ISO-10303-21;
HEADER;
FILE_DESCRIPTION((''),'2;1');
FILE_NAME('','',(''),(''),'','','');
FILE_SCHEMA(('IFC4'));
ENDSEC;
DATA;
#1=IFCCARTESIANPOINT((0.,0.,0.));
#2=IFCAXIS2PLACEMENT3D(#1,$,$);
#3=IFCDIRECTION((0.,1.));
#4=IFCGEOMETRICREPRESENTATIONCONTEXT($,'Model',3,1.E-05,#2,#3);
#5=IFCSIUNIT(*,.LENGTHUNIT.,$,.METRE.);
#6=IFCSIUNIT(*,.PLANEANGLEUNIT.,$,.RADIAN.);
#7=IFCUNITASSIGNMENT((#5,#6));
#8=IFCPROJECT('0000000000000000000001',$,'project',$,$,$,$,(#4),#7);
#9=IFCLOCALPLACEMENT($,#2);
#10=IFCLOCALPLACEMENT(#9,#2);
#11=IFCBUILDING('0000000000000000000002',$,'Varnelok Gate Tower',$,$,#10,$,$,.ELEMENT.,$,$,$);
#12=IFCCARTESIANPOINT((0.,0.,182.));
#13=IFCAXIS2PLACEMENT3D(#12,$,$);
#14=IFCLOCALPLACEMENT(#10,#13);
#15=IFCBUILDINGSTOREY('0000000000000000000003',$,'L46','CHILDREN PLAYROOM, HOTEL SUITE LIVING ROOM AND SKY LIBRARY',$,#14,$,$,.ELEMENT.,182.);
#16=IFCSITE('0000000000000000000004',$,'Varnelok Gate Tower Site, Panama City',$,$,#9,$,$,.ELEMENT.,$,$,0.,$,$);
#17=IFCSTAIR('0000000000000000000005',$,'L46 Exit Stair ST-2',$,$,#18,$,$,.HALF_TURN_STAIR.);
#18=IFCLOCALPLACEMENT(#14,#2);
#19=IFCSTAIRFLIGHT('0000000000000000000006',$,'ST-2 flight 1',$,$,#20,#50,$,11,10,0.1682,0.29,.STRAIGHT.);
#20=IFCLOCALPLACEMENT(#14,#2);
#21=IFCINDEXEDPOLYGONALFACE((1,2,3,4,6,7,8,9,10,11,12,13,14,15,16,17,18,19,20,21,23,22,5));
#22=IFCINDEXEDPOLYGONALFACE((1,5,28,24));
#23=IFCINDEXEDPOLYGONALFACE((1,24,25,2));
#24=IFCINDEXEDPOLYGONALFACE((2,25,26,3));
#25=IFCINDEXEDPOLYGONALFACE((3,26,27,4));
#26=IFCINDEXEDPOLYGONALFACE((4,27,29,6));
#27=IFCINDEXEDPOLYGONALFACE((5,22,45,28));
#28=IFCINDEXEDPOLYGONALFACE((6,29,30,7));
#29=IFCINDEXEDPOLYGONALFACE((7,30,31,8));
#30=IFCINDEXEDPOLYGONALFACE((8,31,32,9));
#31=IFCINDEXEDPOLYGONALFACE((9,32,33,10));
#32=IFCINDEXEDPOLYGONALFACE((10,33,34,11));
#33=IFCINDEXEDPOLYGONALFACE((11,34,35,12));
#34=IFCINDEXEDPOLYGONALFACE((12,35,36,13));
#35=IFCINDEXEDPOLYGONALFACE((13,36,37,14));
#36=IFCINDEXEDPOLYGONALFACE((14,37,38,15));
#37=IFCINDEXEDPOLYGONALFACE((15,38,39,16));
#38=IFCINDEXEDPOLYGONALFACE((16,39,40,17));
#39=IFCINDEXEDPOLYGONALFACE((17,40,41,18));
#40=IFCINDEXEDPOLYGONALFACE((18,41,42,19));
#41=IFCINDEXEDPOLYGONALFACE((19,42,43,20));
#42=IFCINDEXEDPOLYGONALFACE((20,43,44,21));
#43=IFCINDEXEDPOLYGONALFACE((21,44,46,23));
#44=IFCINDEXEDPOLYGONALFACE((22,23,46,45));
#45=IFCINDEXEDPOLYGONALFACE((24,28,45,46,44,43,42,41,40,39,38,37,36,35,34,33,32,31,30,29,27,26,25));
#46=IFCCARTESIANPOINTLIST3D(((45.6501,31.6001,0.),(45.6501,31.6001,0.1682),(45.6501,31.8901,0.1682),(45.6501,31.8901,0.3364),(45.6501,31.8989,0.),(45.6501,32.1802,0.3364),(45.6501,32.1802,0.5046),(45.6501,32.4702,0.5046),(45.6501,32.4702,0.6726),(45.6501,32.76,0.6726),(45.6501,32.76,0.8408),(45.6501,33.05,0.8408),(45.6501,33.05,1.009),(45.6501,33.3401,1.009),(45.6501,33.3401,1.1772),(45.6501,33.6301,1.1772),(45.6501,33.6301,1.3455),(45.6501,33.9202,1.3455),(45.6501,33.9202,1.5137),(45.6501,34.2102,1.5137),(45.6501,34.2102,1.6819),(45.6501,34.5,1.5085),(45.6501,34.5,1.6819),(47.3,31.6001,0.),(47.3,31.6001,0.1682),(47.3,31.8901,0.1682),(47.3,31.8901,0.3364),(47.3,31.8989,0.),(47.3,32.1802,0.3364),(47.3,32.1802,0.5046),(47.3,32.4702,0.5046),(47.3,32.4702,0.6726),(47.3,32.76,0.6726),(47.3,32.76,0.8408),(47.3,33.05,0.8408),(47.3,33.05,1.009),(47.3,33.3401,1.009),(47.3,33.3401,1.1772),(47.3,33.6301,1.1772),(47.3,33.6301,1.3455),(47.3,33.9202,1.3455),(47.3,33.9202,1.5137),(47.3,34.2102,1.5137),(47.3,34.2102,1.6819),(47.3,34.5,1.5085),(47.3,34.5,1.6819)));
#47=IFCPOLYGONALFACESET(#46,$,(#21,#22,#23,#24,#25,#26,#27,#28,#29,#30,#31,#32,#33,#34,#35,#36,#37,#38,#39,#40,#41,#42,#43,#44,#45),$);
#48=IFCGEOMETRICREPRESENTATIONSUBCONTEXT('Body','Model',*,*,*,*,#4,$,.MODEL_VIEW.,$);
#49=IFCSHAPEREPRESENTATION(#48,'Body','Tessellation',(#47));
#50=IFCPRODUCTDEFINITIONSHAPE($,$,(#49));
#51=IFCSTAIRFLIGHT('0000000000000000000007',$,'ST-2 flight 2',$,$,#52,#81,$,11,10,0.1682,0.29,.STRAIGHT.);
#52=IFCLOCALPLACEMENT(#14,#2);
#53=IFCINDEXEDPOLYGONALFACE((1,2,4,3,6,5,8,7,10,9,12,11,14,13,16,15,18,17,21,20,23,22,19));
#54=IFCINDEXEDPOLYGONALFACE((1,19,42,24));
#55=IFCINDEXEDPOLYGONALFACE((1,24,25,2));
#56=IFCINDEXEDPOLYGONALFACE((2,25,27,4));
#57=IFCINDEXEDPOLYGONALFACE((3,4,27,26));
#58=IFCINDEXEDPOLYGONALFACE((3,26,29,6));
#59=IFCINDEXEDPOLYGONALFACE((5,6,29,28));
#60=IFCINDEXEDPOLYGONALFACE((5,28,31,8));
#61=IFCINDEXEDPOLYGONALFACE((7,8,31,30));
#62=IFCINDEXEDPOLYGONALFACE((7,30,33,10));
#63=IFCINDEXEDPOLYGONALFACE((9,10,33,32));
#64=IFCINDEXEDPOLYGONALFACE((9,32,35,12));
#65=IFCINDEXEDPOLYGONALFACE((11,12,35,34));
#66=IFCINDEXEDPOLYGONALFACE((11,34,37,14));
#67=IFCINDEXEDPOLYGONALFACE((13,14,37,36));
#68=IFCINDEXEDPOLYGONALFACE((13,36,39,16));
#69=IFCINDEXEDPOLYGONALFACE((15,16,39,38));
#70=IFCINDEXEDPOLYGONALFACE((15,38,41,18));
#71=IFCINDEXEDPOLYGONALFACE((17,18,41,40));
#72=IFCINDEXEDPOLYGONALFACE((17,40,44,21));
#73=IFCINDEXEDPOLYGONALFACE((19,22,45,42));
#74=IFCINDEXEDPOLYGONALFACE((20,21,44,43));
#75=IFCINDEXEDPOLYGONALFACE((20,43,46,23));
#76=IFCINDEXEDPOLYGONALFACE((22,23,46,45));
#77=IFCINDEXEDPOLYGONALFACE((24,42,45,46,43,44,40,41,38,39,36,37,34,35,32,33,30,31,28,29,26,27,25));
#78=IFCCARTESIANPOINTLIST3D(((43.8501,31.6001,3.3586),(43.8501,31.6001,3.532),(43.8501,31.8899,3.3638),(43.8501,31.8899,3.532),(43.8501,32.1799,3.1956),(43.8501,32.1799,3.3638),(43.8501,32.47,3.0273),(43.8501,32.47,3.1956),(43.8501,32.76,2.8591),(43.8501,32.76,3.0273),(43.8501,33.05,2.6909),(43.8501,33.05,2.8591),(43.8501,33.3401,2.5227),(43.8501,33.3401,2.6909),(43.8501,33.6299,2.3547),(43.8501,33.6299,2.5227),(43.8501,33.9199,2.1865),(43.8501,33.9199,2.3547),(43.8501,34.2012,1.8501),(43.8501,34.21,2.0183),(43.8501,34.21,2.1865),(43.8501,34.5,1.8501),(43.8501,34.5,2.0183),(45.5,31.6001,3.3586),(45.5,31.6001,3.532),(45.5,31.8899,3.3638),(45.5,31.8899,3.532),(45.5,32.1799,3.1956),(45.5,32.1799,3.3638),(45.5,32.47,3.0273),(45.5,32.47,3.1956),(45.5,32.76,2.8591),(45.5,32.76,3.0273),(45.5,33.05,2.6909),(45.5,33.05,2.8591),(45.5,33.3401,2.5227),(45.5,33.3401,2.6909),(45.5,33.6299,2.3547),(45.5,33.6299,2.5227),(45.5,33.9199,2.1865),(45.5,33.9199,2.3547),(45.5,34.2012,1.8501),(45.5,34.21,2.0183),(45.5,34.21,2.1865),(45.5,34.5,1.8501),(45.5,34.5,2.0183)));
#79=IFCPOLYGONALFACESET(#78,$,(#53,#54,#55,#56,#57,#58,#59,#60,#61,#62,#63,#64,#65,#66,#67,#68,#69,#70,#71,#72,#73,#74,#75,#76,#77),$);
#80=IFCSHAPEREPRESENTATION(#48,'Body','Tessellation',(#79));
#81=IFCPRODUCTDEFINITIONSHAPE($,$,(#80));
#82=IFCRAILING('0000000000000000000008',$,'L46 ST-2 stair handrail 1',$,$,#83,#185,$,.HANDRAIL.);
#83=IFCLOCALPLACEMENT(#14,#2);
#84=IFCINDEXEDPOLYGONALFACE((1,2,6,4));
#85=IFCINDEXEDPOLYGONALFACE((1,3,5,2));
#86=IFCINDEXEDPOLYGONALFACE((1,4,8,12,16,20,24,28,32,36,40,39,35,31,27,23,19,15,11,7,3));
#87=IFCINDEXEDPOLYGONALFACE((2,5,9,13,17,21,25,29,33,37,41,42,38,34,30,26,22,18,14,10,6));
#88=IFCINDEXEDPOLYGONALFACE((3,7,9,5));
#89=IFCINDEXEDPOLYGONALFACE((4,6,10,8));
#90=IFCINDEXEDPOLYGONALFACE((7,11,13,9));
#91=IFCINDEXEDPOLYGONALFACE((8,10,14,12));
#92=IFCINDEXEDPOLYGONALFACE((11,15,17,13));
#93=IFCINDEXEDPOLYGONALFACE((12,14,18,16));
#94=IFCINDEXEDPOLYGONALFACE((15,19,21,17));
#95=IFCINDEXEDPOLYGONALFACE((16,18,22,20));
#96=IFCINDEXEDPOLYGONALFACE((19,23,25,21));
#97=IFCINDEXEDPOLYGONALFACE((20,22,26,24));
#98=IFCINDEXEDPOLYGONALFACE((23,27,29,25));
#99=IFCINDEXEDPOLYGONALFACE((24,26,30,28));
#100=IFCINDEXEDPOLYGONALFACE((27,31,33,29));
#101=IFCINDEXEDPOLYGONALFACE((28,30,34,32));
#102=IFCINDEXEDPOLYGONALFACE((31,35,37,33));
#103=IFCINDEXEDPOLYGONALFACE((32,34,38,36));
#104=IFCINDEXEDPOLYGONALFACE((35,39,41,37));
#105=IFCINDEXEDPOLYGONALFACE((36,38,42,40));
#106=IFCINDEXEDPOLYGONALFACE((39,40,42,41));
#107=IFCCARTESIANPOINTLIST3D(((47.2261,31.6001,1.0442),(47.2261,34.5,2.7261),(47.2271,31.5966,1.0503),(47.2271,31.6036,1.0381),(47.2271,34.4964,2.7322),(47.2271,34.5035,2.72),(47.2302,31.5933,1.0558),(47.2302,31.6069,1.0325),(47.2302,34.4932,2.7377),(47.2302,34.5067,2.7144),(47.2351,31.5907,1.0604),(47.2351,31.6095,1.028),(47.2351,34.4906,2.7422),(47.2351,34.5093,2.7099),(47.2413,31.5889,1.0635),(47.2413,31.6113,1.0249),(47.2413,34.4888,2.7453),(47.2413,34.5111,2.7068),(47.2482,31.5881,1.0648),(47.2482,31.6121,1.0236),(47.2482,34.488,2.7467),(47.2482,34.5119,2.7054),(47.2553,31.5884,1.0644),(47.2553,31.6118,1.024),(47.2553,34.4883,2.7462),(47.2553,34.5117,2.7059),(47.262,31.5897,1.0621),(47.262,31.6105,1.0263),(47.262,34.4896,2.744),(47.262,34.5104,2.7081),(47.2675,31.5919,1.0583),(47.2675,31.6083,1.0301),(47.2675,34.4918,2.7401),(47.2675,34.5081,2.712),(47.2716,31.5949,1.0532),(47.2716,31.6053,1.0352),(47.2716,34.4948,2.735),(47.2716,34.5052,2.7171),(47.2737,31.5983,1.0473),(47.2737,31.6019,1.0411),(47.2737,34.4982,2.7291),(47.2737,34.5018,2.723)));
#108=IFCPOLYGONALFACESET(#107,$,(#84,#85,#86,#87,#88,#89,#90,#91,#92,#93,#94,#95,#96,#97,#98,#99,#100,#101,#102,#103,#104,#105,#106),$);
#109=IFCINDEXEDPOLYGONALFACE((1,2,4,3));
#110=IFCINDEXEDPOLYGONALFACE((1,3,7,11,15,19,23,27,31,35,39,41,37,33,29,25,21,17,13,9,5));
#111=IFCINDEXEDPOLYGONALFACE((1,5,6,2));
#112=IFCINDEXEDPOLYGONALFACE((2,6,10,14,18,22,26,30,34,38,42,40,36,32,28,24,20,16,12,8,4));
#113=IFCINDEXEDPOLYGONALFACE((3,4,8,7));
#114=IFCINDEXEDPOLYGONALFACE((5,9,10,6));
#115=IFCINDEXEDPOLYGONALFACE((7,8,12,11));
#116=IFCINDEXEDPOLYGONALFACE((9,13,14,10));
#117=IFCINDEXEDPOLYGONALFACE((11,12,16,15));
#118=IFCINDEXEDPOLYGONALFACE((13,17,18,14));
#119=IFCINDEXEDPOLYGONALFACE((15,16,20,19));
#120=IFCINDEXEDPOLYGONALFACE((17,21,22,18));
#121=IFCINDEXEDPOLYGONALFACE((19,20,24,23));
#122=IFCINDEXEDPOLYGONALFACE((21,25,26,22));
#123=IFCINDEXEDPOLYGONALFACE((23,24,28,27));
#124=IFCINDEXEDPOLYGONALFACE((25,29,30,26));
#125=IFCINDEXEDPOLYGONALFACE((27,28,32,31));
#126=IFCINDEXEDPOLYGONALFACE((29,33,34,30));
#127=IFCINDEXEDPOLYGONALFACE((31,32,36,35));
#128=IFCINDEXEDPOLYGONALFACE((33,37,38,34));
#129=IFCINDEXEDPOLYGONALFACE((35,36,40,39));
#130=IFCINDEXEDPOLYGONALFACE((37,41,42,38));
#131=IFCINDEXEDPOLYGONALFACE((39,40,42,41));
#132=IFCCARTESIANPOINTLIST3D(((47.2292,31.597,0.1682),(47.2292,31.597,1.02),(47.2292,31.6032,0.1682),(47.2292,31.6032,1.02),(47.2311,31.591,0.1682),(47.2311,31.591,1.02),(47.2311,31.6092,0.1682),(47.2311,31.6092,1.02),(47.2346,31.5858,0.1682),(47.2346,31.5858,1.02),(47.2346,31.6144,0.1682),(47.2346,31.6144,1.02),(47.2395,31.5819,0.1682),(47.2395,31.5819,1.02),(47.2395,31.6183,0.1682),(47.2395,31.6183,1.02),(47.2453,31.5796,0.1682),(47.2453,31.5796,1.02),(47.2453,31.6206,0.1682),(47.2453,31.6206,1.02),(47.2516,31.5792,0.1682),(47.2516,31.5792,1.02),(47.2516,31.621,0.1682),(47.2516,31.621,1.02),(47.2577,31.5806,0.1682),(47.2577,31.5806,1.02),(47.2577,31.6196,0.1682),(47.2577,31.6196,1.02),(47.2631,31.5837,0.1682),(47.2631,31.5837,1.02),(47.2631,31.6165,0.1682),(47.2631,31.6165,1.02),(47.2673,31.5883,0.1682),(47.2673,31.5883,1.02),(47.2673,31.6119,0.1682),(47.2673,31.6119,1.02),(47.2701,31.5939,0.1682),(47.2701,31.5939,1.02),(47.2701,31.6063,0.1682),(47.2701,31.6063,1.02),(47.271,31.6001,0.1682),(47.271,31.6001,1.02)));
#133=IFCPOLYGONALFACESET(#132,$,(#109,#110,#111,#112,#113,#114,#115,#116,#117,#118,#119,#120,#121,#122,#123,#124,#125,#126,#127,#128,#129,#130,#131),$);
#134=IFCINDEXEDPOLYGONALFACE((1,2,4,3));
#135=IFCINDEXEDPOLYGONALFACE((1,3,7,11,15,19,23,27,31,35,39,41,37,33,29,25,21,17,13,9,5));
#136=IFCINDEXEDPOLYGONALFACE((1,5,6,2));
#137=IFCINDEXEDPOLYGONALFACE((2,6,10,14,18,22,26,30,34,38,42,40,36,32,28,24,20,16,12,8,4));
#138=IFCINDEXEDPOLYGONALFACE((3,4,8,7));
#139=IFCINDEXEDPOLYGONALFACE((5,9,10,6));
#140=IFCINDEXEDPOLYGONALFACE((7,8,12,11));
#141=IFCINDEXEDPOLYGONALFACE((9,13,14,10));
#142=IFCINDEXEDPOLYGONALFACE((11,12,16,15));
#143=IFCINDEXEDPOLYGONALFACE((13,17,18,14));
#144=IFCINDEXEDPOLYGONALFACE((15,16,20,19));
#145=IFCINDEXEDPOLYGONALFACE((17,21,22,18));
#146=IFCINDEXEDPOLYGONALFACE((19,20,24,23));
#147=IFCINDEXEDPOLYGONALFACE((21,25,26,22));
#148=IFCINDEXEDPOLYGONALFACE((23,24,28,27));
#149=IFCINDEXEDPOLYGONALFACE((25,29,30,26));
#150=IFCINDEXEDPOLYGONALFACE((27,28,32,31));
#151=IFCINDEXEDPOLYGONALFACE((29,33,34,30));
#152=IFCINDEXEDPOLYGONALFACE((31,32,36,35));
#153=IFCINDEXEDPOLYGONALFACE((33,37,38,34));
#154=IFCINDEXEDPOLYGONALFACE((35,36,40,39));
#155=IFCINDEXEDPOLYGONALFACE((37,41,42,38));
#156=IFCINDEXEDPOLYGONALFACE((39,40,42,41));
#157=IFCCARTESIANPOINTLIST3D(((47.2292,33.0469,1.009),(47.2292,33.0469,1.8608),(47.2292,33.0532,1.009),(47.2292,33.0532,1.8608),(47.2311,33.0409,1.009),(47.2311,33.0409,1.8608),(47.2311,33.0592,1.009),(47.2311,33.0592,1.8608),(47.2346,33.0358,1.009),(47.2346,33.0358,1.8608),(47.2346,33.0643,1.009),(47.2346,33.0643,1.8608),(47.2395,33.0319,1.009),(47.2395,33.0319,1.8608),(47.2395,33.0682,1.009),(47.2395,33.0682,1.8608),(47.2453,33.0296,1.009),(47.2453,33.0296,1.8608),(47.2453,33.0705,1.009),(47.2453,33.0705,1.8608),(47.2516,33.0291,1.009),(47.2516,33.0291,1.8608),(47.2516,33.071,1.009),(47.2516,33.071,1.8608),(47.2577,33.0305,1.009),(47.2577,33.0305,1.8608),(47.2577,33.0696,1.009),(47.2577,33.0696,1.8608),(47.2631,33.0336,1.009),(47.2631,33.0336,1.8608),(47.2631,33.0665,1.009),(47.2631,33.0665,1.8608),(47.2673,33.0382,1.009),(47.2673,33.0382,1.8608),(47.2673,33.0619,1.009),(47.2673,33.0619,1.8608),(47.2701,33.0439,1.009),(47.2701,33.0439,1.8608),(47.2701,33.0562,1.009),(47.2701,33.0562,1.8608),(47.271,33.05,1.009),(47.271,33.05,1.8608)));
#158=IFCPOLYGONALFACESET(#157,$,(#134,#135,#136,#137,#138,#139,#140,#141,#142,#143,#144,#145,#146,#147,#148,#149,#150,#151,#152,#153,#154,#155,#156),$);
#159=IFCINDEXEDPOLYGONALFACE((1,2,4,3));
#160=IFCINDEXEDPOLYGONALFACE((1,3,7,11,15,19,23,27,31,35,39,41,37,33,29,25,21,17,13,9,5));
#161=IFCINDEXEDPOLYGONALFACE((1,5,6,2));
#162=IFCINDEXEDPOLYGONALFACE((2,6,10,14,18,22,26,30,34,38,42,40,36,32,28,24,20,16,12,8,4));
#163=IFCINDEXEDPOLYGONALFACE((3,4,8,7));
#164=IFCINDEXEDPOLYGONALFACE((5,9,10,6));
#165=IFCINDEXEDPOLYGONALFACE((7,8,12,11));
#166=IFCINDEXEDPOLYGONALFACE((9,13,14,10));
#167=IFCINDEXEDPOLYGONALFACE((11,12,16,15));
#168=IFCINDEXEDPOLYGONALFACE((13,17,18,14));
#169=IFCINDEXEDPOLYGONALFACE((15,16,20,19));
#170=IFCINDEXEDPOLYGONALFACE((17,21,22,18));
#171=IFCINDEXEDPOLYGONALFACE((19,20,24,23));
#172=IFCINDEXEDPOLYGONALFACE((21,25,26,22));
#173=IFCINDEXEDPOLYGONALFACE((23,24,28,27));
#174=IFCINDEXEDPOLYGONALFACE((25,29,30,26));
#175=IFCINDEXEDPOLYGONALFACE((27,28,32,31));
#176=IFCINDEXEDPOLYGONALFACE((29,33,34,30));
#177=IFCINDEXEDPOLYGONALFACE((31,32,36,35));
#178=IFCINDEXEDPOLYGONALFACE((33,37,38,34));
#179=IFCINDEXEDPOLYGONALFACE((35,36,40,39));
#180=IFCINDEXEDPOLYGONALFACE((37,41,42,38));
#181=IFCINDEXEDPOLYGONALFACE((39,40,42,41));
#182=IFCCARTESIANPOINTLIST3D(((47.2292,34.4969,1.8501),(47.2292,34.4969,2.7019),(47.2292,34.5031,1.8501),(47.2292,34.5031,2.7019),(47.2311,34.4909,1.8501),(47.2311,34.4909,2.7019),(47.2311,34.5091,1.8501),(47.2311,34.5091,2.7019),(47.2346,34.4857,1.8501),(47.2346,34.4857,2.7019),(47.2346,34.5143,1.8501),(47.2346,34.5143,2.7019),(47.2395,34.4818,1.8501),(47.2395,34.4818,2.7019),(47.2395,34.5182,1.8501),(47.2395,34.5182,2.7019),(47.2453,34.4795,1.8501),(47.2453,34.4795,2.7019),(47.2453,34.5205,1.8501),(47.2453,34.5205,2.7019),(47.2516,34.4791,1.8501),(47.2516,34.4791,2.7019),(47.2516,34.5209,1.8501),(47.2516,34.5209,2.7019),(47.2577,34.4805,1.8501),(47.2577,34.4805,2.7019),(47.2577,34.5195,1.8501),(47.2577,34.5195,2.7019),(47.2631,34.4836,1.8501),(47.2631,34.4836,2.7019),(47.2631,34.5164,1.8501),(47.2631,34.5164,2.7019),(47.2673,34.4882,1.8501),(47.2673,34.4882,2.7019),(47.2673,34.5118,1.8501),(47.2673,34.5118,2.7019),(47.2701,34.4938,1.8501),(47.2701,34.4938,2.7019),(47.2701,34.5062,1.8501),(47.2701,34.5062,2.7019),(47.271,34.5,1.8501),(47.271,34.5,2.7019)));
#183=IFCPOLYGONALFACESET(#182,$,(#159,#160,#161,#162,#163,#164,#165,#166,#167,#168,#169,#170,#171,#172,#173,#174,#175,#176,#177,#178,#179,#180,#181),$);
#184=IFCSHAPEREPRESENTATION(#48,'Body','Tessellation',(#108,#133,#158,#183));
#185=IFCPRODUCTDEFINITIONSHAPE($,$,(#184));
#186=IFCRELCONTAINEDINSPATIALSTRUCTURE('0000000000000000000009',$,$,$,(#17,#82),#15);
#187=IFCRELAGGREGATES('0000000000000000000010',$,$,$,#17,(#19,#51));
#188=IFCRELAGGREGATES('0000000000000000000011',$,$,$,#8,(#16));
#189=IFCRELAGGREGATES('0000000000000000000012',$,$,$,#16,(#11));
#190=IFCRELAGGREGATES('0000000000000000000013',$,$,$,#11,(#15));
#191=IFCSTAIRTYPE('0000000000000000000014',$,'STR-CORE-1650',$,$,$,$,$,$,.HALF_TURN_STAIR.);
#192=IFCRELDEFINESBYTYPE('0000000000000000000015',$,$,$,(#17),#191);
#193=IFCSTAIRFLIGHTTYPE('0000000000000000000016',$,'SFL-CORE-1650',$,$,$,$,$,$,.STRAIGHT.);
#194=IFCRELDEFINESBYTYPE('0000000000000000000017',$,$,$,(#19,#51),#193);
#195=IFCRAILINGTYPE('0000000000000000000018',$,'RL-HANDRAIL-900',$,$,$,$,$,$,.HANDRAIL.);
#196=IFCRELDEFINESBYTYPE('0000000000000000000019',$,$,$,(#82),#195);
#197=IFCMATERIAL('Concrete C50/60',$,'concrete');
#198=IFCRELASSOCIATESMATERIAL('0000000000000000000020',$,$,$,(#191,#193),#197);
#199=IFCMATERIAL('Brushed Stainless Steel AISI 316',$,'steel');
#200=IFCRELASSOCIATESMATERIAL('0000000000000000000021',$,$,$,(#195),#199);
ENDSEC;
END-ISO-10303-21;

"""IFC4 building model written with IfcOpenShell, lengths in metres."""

from ifc_helpers import new_model, si_unit, direction, frame, origin, origin_2d, place, context, subcontext, project, spatial, polyline, circle, outline, extrude, material, type_object, element, aggregate, save


model = new_model("IFC4")

# Units and contexts
model_context = context("Model", 3, precision=1e-05, world=origin(), true_north=direction((0.0, 1.0)))
body_context = subcontext(model_context, "Body", "Model", "MODEL_VIEW")
ifc_project = project(units=[si_unit("LENGTHUNIT", "METRE"), si_unit("PLANEANGLEUNIT", "RADIAN")], contexts=[model_context])

# Site, building, storey
site_placement = place(None, origin())
site = spatial("IfcSite", under=ifc_project, at=site_placement, Name="Varnelok Gate Tower Site, Panama City", CompositionType="ELEMENT", RefElevation=0.0)
building_placement = place(site_placement, origin())
building = spatial("IfcBuilding", under=site, at=building_placement, Name="Varnelok Gate Tower", CompositionType="ELEMENT")
storey_placement = place(building_placement, frame((0.0, 0.0, 182.0)))
storey = spatial("IfcBuildingStorey", under=building, at=storey_placement, Name="L46", Description="CHILDREN PLAYROOM, HOTEL SUITE LIVING ROOM AND SKY LIBRARY", CompositionType="ELEMENT", Elevation=182.0)

# Stair, stair flights
ifc_material_1 = material(Name="Concrete C50/60", Category="concrete")
stair_type = type_object("IfcStairType", Name="STR-CORE-1650", PredefinedType="HALF_TURN_STAIR", material=ifc_material_1)
stair_placement = place(storey_placement, origin())
stair = element("IfcStair", 1, at=stair_placement, inside=storey, type_object=stair_type, Name="L46 Exit Stair ST-2", PredefinedType="HALF_TURN_STAIR")
stair_flight_type = type_object("IfcStairFlightType", Name="SFL-CORE-1650", PredefinedType="STRAIGHT", material=ifc_material_1)
stair_flight_1_placement = place(storey_placement, frame((46.4751, 31.6001, 0.0), z_axis=(0.0, 0.0, 1.0), x_axis=(0.0, 1.0, 0.0)))
stair_flight_1 = element("IfcStairFlight", 2, at=stair_flight_1_placement, type_object=stair_flight_type, Name="ST-2 flight 1", NumberOfRisers=11, NumberOfTreads=10, PredefinedType="STRAIGHT", RiserHeight=0.1682, TreadLength=0.29, context=body_context, shape_type="SweptSolid", body=[
    extrude(outline(polyline([(0.0, 0.0), (0.0, 0.1682), (0.29, 0.1682), (0.29, 0.3364), (0.5801, 0.3364), (0.5801, 0.5046), (0.8701, 0.5046), (0.8701, 0.6726), (1.1599, 0.6726), (1.1599, 0.8408), (1.45, 0.8408), (1.45, 1.009), (1.74, 1.009), (1.74, 1.1772), (2.03, 1.1772), (2.03, 1.3455), (2.3201, 1.3455), (2.3201, 1.5137), (2.6101, 1.5137), (2.6101, 1.6819), (2.8999, 1.6819), (2.8999, 1.8501), (2.8999, 1.5085), (0.2988, 0.0), (0.0, 0.0)])), frame((0.0, 0.825, 0.0), z_axis=(0.0, -1.0, 0.0), x_axis=(1.0, 0.0, 0.0)), (0.0, 0.0, 1.0), 1.6499),
])
stair_flight_2_placement = place(storey_placement, frame((44.675, 34.5, 1.8501), z_axis=(0.0, 0.0, 1.0), x_axis=(0.0, -1.0, 0.0)))
stair_flight_2 = element("IfcStairFlight", 3, at=stair_flight_2_placement, type_object=stair_flight_type, Name="ST-2 flight 2", NumberOfRisers=11, NumberOfTreads=10, PredefinedType="STRAIGHT", RiserHeight=0.1682, TreadLength=0.29, context=body_context, shape_type="SweptSolid", body=[
    extrude(outline(polyline([(0.0, 0.0), (0.0, 0.1682), (0.29, 0.1682), (0.29, 0.3364), (0.5801, 0.3364), (0.5801, 0.5046), (0.8701, 0.5046), (0.8701, 0.6726), (1.1599, 0.6726), (1.1599, 0.8408), (1.45, 0.8408), (1.45, 1.009), (1.74, 1.009), (1.74, 1.1772), (2.03, 1.1772), (2.03, 1.3455), (2.3201, 1.3455), (2.3201, 1.5137), (2.6101, 1.5137), (2.6101, 1.6819), (2.8999, 1.6819), (2.8999, 1.8501), (2.8999, 1.5085), (0.2988, 0.0), (0.0, 0.0)])), frame((0.0, 0.825, 0.0), z_axis=(0.0, -1.0, 0.0), x_axis=(1.0, 0.0, 0.0)), (0.0, 0.0, 1.0), 1.6499),
])
aggregate(stair, [stair_flight_1, stair_flight_2])

# Railing
ifc_material_2 = material(Name="Brushed Stainless Steel AISI 316", Category="steel")
railing_type_1 = type_object("IfcRailingType", Name="RL-HANDRAIL-900", PredefinedType="HANDRAIL", material=ifc_material_2)
railing_1_placement = place(storey_placement, frame((47.25, 31.6001, 0.1682)))
element("IfcRailing", 4, at=railing_1_placement, inside=storey, type_object=railing_type_1, Name="L46 ST-2 stair handrail 1", PredefinedType="HANDRAIL", context=body_context, shape_type="SweptSolid", body=[
    extrude(circle(Radius=0.0239, at=origin_2d()), frame((0.0, 0.0, 0.876), z_axis=(0.0, 0.865039, 0.501705), x_axis=(-1.0, 0.0, 0.0)), (0.0, 0.0, 1.0), 3.3523),
    extrude(circle(Radius=0.021, at=origin_2d()), origin(), (0.0, 0.0, 1.0), 0.8518),
    extrude(circle(Radius=0.021, at=origin_2d()), frame((0.0, 1.45, 0.8408)), (0.0, 0.0, 1.0), 0.8518),
    extrude(circle(Radius=0.021, at=origin_2d()), frame((0.0, 2.8999, 1.6819)), (0.0, 0.0, 1.0), 0.8518),
])

save(model, "model.ifc")
